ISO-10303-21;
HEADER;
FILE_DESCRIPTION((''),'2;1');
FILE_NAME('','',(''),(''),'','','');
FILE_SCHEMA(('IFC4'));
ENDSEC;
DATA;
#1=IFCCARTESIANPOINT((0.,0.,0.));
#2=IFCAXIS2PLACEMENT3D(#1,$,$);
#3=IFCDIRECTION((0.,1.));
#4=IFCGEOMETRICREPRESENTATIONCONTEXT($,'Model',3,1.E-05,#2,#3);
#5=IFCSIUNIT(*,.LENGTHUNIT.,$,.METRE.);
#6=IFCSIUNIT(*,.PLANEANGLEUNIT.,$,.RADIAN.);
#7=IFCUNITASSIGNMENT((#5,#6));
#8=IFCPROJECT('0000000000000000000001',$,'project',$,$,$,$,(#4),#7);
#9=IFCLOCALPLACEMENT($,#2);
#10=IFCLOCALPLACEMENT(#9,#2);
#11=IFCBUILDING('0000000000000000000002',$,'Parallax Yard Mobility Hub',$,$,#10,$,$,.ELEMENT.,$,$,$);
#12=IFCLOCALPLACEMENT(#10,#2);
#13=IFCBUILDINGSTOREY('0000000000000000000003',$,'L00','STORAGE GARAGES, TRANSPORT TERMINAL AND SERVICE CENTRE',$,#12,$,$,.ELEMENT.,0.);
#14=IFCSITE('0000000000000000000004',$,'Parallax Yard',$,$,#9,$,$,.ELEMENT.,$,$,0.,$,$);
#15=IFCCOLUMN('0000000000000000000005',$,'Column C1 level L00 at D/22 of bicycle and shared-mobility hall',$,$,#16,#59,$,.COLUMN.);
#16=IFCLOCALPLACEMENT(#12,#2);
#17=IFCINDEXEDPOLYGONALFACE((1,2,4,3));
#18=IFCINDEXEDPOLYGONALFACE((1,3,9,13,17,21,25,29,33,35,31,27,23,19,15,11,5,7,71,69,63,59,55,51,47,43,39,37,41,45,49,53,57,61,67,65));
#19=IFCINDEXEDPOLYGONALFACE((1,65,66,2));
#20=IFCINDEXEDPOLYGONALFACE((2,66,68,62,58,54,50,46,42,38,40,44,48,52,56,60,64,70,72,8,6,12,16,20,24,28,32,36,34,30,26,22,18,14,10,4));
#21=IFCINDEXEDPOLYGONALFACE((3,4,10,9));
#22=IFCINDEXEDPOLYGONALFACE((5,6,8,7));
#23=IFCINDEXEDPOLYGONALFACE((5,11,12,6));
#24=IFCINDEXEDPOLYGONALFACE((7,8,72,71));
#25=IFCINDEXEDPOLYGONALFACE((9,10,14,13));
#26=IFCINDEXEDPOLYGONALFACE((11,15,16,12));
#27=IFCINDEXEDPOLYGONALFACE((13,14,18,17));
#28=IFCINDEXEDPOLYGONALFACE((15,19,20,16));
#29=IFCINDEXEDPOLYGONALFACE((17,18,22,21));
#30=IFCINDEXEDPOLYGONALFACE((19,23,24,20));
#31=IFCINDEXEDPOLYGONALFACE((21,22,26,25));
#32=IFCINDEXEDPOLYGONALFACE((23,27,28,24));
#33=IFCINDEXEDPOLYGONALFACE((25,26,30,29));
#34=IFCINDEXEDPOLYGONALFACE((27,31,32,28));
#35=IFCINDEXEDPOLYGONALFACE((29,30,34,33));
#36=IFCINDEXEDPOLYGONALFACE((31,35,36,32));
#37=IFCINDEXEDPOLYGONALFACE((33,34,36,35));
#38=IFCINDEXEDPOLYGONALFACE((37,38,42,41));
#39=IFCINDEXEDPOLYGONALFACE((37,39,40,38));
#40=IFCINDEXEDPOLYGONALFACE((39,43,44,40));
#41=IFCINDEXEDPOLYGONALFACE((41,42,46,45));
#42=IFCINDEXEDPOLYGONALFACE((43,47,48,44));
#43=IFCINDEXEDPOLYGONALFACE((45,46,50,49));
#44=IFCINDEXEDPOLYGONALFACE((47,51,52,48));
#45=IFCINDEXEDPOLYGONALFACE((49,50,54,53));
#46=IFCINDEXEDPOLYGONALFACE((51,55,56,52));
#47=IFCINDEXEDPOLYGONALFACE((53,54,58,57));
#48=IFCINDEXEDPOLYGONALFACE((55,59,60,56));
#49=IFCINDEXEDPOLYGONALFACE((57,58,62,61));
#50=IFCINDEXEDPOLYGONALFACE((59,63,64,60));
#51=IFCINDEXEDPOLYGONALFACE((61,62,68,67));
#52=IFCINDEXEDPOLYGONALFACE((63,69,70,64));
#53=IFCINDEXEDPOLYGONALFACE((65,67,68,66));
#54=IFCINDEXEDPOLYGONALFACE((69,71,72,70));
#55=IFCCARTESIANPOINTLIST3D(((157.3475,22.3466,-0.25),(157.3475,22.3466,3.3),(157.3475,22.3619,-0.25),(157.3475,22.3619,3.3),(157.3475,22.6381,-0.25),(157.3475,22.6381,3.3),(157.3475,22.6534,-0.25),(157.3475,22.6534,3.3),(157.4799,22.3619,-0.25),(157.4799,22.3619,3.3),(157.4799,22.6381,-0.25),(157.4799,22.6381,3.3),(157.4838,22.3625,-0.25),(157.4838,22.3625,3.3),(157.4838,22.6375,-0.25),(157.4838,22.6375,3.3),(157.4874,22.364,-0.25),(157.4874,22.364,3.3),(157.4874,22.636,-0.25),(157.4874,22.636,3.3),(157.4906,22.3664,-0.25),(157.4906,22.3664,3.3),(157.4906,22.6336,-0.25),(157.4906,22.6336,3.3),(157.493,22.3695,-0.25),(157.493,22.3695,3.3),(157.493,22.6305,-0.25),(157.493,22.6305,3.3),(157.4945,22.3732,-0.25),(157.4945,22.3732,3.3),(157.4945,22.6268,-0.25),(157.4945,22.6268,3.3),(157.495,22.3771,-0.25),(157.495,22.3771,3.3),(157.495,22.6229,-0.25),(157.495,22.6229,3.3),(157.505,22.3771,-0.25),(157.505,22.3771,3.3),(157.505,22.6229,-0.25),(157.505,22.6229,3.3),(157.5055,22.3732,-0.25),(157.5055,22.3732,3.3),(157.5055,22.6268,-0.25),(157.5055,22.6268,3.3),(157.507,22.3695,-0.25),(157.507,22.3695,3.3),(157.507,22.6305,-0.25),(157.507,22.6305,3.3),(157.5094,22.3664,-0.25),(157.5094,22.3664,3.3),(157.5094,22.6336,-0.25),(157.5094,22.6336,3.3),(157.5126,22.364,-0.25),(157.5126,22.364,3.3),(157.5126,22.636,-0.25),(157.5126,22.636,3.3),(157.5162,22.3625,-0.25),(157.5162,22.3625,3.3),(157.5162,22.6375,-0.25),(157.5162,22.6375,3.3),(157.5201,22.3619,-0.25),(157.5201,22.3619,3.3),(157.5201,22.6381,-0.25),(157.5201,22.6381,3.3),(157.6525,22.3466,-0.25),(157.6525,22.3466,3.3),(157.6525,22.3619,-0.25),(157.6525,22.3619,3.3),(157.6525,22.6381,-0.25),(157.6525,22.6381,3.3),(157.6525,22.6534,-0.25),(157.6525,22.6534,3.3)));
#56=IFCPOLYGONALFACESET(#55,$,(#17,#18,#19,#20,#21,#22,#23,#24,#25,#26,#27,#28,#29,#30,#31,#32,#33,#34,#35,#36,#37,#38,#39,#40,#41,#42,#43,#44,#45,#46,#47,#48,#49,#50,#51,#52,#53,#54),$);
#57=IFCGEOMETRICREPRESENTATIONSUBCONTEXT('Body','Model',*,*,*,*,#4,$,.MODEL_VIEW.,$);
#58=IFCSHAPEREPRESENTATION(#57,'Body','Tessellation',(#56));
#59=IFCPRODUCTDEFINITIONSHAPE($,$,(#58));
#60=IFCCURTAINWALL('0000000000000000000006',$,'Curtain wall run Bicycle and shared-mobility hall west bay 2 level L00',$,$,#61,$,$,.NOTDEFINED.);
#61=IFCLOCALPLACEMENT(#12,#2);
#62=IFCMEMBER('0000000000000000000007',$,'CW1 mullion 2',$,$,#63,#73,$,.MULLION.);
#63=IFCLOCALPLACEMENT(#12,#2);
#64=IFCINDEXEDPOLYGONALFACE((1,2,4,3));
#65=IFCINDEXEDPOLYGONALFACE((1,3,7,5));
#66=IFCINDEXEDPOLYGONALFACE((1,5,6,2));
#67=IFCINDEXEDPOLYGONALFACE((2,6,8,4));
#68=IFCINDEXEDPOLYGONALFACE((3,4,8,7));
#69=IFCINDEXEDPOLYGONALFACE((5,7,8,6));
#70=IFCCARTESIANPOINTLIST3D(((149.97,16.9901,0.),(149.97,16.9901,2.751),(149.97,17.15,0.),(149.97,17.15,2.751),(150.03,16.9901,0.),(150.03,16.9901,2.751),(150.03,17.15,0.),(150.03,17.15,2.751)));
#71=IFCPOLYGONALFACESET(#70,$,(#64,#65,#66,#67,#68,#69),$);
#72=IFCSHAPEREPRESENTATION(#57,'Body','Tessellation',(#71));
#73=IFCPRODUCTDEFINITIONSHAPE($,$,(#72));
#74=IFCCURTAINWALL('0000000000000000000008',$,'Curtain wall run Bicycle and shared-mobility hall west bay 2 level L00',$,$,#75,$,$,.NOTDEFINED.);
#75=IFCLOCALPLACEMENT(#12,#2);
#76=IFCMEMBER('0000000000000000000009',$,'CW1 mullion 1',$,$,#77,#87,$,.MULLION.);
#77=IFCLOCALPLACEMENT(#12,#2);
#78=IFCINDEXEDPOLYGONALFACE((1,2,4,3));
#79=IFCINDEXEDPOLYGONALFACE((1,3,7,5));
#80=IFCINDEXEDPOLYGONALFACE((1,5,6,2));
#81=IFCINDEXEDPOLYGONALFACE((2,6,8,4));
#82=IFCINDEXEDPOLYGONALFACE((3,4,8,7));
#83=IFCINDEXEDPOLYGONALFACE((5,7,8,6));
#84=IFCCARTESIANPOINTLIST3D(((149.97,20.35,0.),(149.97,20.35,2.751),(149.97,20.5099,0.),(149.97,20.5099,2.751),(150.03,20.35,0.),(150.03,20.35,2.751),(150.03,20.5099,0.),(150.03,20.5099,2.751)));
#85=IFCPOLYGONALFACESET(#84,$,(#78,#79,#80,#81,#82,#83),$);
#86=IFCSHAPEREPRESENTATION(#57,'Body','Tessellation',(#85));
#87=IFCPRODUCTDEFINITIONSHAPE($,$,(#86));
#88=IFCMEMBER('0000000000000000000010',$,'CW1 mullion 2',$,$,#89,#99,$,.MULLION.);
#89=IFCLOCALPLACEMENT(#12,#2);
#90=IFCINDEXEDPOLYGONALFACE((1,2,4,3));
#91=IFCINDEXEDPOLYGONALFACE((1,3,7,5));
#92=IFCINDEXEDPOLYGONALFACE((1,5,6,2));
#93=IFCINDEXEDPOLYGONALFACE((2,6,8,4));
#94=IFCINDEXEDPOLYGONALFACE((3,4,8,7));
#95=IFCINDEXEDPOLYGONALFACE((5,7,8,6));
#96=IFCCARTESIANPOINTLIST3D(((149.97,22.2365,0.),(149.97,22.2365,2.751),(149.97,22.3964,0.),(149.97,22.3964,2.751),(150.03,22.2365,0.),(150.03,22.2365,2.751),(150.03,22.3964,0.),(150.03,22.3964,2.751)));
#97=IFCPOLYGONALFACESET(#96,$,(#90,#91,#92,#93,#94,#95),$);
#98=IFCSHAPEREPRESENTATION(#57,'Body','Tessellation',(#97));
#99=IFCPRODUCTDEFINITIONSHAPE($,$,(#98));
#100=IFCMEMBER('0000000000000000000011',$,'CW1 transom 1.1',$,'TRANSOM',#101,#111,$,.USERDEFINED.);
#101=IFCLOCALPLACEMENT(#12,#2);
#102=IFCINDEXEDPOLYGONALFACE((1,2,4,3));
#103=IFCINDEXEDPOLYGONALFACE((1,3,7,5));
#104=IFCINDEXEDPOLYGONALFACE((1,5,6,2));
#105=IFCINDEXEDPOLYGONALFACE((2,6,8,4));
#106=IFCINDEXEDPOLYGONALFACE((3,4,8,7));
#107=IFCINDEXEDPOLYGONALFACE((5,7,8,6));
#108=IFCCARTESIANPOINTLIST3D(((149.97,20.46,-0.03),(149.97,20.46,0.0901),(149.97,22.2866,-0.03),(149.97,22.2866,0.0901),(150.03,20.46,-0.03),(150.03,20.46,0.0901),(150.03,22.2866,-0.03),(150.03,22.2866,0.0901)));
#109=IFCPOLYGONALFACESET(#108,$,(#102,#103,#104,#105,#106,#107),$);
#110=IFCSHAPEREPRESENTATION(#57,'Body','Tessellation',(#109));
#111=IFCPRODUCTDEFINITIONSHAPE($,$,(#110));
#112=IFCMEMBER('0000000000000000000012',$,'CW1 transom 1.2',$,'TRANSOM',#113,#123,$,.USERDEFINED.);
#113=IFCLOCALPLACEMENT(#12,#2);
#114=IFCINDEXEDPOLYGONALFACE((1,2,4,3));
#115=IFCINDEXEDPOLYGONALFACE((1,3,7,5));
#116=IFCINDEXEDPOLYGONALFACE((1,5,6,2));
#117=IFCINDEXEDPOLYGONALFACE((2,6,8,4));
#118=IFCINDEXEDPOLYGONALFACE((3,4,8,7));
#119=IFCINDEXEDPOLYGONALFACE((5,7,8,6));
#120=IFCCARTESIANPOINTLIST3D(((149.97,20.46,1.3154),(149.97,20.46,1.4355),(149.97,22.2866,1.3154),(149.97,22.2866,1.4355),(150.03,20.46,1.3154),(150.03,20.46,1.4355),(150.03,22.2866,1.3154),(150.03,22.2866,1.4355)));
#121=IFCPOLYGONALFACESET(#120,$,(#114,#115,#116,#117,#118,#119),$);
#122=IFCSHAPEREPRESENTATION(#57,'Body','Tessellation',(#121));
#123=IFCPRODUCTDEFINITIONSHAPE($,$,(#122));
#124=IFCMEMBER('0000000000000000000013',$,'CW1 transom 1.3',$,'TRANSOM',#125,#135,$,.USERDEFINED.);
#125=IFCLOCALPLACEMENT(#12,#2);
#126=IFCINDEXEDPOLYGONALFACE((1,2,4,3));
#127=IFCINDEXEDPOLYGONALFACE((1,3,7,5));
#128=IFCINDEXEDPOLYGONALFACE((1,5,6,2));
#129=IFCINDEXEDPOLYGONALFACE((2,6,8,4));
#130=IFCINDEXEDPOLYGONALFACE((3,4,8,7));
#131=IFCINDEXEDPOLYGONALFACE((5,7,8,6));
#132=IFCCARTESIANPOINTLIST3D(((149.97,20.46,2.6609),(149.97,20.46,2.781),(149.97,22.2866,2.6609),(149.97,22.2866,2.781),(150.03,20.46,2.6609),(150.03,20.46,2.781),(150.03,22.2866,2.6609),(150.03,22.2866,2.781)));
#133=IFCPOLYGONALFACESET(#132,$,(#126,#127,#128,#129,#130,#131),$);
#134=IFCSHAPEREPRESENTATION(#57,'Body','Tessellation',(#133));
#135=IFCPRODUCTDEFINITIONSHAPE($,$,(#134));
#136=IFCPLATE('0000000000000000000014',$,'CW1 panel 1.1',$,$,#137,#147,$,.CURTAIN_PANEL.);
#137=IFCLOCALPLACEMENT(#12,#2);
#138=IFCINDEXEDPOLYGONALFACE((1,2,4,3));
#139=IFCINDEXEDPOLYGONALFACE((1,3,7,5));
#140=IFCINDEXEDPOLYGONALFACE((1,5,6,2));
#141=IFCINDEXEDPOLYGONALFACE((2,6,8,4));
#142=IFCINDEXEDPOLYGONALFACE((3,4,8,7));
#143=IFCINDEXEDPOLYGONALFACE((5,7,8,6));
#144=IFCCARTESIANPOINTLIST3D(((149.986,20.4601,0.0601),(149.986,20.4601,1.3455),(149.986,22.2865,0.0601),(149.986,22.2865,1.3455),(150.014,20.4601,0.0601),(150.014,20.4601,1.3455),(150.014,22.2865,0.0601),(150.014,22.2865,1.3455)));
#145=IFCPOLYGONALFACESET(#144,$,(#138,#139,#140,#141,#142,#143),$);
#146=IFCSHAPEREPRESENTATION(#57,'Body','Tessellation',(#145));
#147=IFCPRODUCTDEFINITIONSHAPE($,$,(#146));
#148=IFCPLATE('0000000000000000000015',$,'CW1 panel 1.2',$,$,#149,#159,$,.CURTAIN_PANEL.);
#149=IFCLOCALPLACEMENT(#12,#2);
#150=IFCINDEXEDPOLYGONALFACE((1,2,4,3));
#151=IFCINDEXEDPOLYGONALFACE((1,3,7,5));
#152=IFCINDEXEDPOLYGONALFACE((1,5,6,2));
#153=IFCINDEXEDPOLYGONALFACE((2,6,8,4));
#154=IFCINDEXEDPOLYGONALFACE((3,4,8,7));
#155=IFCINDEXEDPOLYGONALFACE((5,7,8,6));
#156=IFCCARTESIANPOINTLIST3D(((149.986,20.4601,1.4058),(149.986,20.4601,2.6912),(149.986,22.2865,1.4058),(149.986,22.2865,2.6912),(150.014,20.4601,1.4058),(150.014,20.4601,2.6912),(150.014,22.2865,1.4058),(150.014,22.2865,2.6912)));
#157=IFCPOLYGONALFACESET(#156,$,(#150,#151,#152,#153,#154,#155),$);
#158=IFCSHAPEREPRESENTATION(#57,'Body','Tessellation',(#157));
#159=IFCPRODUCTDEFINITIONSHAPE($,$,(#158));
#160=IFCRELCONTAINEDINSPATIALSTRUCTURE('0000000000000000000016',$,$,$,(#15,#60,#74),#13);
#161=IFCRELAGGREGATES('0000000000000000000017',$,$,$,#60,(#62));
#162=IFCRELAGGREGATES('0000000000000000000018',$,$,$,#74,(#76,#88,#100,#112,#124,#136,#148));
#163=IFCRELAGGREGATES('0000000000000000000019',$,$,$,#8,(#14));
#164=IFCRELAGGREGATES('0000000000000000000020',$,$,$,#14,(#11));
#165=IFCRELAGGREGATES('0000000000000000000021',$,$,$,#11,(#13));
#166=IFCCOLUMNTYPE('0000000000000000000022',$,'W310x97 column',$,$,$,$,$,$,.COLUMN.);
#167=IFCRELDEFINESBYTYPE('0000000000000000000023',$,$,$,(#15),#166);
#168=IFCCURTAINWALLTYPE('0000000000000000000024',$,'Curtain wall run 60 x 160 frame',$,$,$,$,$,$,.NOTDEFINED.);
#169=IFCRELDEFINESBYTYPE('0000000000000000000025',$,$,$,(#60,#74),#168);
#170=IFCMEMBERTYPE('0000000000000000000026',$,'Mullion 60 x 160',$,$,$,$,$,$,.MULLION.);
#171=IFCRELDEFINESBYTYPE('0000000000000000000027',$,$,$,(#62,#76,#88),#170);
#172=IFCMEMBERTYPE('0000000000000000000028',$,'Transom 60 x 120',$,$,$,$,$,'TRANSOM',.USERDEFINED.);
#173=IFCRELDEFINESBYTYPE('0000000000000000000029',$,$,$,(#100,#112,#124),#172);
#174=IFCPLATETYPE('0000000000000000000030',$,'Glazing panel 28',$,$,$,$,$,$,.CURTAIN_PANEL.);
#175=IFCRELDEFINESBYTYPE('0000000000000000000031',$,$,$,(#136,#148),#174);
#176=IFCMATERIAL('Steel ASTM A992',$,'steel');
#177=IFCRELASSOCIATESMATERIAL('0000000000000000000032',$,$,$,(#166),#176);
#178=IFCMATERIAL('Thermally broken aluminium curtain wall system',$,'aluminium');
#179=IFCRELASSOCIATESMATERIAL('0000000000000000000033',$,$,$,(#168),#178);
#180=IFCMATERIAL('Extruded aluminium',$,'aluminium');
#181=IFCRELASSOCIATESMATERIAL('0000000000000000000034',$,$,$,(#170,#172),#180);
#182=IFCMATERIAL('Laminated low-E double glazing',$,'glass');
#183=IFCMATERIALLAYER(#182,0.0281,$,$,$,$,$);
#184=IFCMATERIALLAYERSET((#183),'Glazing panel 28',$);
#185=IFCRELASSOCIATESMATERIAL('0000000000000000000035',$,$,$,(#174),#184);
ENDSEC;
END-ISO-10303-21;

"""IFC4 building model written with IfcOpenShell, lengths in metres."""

from ifc_helpers import new_model, si_unit, direction, frame, origin, origin_2d, place, context, subcontext, project, spatial, rectangle, i_section, extrude, material, layer, layer_set, material_profile, profile_set, type_object, element, aggregate, save


model = new_model("IFC4")

# Units and contexts
model_context = context("Model", 3, precision=1e-05, world=origin(), true_north=direction((0.0, 1.0)))
body_context = subcontext(model_context, "Body", "Model", "MODEL_VIEW")
ifc_project = project(units=[si_unit("LENGTHUNIT", "METRE"), si_unit("PLANEANGLEUNIT", "RADIAN")], contexts=[model_context])

# Site, building, storey
site_placement = place(None, origin())
site = spatial("IfcSite", under=ifc_project, at=site_placement, Name="Parallax Yard", CompositionType="ELEMENT", RefElevation=0.0)
building_placement = place(site_placement, origin())
building = spatial("IfcBuilding", under=site, at=building_placement, Name="Parallax Yard Mobility Hub", CompositionType="ELEMENT")
storey_placement = place(building_placement, origin())
storey = spatial("IfcBuildingStorey", under=building, at=storey_placement, Name="L00", Description="STORAGE GARAGES, TRANSPORT TERMINAL AND SERVICE CENTRE", CompositionType="ELEMENT", Elevation=0.0)

# Column
ifc_material_1 = material(Name="Steel ASTM A992", Category="steel")
ifc_material_profile_1 = material_profile(ifc_material_1, i_section(OverallWidth=0.3049, OverallDepth=0.3069, WebThickness=0.01, FlangeThickness=0.0154, FilletRadius=0.0151, at=origin_2d()), Name="W310x97")
ifc_profile_set_1 = profile_set([ifc_material_profile_1], Name="Steel ASTM A992")
column_type = type_object("IfcColumnType", Name="W310x97 column", PredefinedType="COLUMN", material=ifc_profile_set_1)
for number, where, z_axis, x_axis, name in (
    (1, (157.5, 22.5, -0.25), (0.0, 0.0, 1.0), (1.0, 0.0, 0.0), "Column C1 level L00 at D/22 of bicycle and shared-mobility hall"),
):
    element("IfcColumn", number, at=place(storey_placement, frame(where, z_axis=z_axis, x_axis=x_axis)), inside=storey, type_object=column_type, Name=name, PredefinedType="COLUMN", context=body_context, shape_type="SweptSolid", body=[
        extrude(i_section(OverallWidth=0.3049, OverallDepth=0.3069, WebThickness=0.01, FlangeThickness=0.0154, FilletRadius=0.0151, at=origin_2d()), origin(), (0.0, 0.0, 1.0), 3.55),
    ])

# Curtain wall, member
ifc_material_2 = material(Name="Thermally broken aluminium curtain wall system", Category="aluminium")
curtain_wall_type = type_object("IfcCurtainWallType", Name="Curtain wall run 60 x 160 frame", PredefinedType="NOTDEFINED", material=ifc_material_2)
curtain_wall_1_placement = place(storey_placement, origin())
curtain_wall_1 = element("IfcCurtainWall", 2, at=curtain_wall_1_placement, inside=storey, type_object=curtain_wall_type, Name="Curtain wall run Bicycle and shared-mobility hall west bay 2 level L00", PredefinedType="NOTDEFINED")
ifc_material_3 = material(Name="Extruded aluminium", Category="aluminium")
ifc_material_profile_2 = material_profile(ifc_material_3, rectangle(XDim=0.0601, YDim=0.1599, at=origin_2d()), Name="Mullion 60 x 160")
ifc_profile_set_2 = profile_set([ifc_material_profile_2], Name="Extruded aluminium")
member_type_1 = type_object("IfcMemberType", Name="Mullion 60 x 160", PredefinedType="MULLION", material=ifc_profile_set_2)
member_1_placement = place(storey_placement, frame((150.0, 17.0701, 0.0), z_axis=(0.0, 0.0, 1.0), x_axis=(-1.0, 0.0, 0.0)))
member_1 = element("IfcMember", 3, at=member_1_placement, type_object=member_type_1, Name="CW1 mullion 2", PredefinedType="MULLION", context=body_context, shape_type="SweptSolid", body=[
    extrude(rectangle(XDim=0.0601, YDim=0.1599, at=origin_2d()), origin(), (0.0, 0.0, 1.0), 2.751),
])
aggregate(curtain_wall_1, [member_1])

# Curtain wall, members, plates
curtain_wall_2_placement = place(storey_placement, origin())
curtain_wall_2 = element("IfcCurtainWall", 4, at=curtain_wall_2_placement, inside=storey, type_object=curtain_wall_type, Name="Curtain wall run Bicycle and shared-mobility hall west bay 2 level L00", PredefinedType="NOTDEFINED")
member_2_placement = place(storey_placement, frame((150.0, 20.4299, 0.0), z_axis=(0.0, 0.0, 1.0), x_axis=(-1.0, 0.0, 0.0)))
member_2 = element("IfcMember", 5, at=member_2_placement, type_object=member_type_1, Name="CW1 mullion 1", PredefinedType="MULLION", context=body_context, shape_type="SweptSolid", body=[
    extrude(rectangle(XDim=0.0601, YDim=0.1599, at=origin_2d()), origin(), (0.0, 0.0, 1.0), 2.751),
])
member_3_placement = place(storey_placement, frame((150.0, 22.3164, 0.0), z_axis=(0.0, 0.0, 1.0), x_axis=(-1.0, 0.0, 0.0)))
member_3 = element("IfcMember", 6, at=member_3_placement, type_object=member_type_1, Name="CW1 mullion 2", PredefinedType="MULLION", context=body_context, shape_type="SweptSolid", body=[
    extrude(rectangle(XDim=0.0601, YDim=0.1599, at=origin_2d()), origin(), (0.0, 0.0, 1.0), 2.751),
])
ifc_material_profile_3 = material_profile(ifc_material_3, rectangle(XDim=0.0601, YDim=0.1201, at=origin_2d()), Name="Transom 60 x 120")
ifc_profile_set_3 = profile_set([ifc_material_profile_3], Name="Extruded aluminium")
member_type_2 = type_object("IfcMemberType", Name="Transom 60 x 120", ElementType="TRANSOM", PredefinedType="USERDEFINED", material=ifc_profile_set_3)
member_4_placement = place(storey_placement, frame((150.0, 20.46, 0.03), z_axis=(0.0, 1.0, 0.0), x_axis=(-1.0, 0.0, 0.0)))
member_4 = element("IfcMember", 7, at=member_4_placement, type_object=member_type_2, Name="CW1 transom 1.1", ObjectType="TRANSOM", PredefinedType="USERDEFINED", context=body_context, shape_type="SweptSolid", body=[
    extrude(rectangle(XDim=0.0601, YDim=0.1201, at=origin_2d()), origin(), (0.0, 0.0, 1.0), 1.8267),
])
member_5_placement = place(storey_placement, frame((150.0, 20.46, 1.3755), z_axis=(0.0, 1.0, 0.0), x_axis=(-1.0, 0.0, 0.0)))
member_5 = element("IfcMember", 8, at=member_5_placement, type_object=member_type_2, Name="CW1 transom 1.2", ObjectType="TRANSOM", PredefinedType="USERDEFINED", context=body_context, shape_type="SweptSolid", body=[
    extrude(rectangle(XDim=0.0601, YDim=0.1201, at=origin_2d()), origin(), (0.0, 0.0, 1.0), 1.8267),
])
member_6_placement = place(storey_placement, frame((150.0, 20.46, 2.7209), z_axis=(0.0, 1.0, 0.0), x_axis=(-1.0, 0.0, 0.0)))
member_6 = element("IfcMember", 9, at=member_6_placement, type_object=member_type_2, Name="CW1 transom 1.3", ObjectType="TRANSOM", PredefinedType="USERDEFINED", context=body_context, shape_type="SweptSolid", body=[
    extrude(rectangle(XDim=0.0601, YDim=0.1201, at=origin_2d()), origin(), (0.0, 0.0, 1.0), 1.8267),
])
ifc_material_4 = material(Name="Laminated low-E double glazing", Category="glass")
ifc_layer_1 = layer(ifc_material_4, 0.0281)
ifc_layer_set_1 = layer_set([ifc_layer_1], Name="Glazing panel 28")
plate_type = type_object("IfcPlateType", Name="Glazing panel 28", PredefinedType="CURTAIN_PANEL", material=ifc_layer_set_1)
plate_1_placement = place(storey_placement, frame((150.0, 21.3733, 0.0601), z_axis=(0.0, 0.0, 1.0), x_axis=(0.0, 1.0, 0.0)))
plate_1 = element("IfcPlate", 10, at=plate_1_placement, type_object=plate_type, Name="CW1 panel 1.1", PredefinedType="CURTAIN_PANEL", context=body_context, shape_type="SweptSolid", body=[
    extrude(rectangle(XDim=1.8264, YDim=0.0281, at=origin_2d()), origin(), (0.0, 0.0, 1.0), 1.2854),
])
plate_2_placement = place(storey_placement, frame((150.0, 21.3733, 1.4058), z_axis=(0.0, 0.0, 1.0), x_axis=(0.0, 1.0, 0.0)))
plate_2 = element("IfcPlate", 11, at=plate_2_placement, type_object=plate_type, Name="CW1 panel 1.2", PredefinedType="CURTAIN_PANEL", context=body_context, shape_type="SweptSolid", body=[
    extrude(rectangle(XDim=1.8264, YDim=0.0281, at=origin_2d()), origin(), (0.0, 0.0, 1.0), 1.2854),
])
aggregate(curtain_wall_2, [member_2, member_3, member_4, member_5, member_6, plate_1, plate_2])

save(model, "model.ifc")
